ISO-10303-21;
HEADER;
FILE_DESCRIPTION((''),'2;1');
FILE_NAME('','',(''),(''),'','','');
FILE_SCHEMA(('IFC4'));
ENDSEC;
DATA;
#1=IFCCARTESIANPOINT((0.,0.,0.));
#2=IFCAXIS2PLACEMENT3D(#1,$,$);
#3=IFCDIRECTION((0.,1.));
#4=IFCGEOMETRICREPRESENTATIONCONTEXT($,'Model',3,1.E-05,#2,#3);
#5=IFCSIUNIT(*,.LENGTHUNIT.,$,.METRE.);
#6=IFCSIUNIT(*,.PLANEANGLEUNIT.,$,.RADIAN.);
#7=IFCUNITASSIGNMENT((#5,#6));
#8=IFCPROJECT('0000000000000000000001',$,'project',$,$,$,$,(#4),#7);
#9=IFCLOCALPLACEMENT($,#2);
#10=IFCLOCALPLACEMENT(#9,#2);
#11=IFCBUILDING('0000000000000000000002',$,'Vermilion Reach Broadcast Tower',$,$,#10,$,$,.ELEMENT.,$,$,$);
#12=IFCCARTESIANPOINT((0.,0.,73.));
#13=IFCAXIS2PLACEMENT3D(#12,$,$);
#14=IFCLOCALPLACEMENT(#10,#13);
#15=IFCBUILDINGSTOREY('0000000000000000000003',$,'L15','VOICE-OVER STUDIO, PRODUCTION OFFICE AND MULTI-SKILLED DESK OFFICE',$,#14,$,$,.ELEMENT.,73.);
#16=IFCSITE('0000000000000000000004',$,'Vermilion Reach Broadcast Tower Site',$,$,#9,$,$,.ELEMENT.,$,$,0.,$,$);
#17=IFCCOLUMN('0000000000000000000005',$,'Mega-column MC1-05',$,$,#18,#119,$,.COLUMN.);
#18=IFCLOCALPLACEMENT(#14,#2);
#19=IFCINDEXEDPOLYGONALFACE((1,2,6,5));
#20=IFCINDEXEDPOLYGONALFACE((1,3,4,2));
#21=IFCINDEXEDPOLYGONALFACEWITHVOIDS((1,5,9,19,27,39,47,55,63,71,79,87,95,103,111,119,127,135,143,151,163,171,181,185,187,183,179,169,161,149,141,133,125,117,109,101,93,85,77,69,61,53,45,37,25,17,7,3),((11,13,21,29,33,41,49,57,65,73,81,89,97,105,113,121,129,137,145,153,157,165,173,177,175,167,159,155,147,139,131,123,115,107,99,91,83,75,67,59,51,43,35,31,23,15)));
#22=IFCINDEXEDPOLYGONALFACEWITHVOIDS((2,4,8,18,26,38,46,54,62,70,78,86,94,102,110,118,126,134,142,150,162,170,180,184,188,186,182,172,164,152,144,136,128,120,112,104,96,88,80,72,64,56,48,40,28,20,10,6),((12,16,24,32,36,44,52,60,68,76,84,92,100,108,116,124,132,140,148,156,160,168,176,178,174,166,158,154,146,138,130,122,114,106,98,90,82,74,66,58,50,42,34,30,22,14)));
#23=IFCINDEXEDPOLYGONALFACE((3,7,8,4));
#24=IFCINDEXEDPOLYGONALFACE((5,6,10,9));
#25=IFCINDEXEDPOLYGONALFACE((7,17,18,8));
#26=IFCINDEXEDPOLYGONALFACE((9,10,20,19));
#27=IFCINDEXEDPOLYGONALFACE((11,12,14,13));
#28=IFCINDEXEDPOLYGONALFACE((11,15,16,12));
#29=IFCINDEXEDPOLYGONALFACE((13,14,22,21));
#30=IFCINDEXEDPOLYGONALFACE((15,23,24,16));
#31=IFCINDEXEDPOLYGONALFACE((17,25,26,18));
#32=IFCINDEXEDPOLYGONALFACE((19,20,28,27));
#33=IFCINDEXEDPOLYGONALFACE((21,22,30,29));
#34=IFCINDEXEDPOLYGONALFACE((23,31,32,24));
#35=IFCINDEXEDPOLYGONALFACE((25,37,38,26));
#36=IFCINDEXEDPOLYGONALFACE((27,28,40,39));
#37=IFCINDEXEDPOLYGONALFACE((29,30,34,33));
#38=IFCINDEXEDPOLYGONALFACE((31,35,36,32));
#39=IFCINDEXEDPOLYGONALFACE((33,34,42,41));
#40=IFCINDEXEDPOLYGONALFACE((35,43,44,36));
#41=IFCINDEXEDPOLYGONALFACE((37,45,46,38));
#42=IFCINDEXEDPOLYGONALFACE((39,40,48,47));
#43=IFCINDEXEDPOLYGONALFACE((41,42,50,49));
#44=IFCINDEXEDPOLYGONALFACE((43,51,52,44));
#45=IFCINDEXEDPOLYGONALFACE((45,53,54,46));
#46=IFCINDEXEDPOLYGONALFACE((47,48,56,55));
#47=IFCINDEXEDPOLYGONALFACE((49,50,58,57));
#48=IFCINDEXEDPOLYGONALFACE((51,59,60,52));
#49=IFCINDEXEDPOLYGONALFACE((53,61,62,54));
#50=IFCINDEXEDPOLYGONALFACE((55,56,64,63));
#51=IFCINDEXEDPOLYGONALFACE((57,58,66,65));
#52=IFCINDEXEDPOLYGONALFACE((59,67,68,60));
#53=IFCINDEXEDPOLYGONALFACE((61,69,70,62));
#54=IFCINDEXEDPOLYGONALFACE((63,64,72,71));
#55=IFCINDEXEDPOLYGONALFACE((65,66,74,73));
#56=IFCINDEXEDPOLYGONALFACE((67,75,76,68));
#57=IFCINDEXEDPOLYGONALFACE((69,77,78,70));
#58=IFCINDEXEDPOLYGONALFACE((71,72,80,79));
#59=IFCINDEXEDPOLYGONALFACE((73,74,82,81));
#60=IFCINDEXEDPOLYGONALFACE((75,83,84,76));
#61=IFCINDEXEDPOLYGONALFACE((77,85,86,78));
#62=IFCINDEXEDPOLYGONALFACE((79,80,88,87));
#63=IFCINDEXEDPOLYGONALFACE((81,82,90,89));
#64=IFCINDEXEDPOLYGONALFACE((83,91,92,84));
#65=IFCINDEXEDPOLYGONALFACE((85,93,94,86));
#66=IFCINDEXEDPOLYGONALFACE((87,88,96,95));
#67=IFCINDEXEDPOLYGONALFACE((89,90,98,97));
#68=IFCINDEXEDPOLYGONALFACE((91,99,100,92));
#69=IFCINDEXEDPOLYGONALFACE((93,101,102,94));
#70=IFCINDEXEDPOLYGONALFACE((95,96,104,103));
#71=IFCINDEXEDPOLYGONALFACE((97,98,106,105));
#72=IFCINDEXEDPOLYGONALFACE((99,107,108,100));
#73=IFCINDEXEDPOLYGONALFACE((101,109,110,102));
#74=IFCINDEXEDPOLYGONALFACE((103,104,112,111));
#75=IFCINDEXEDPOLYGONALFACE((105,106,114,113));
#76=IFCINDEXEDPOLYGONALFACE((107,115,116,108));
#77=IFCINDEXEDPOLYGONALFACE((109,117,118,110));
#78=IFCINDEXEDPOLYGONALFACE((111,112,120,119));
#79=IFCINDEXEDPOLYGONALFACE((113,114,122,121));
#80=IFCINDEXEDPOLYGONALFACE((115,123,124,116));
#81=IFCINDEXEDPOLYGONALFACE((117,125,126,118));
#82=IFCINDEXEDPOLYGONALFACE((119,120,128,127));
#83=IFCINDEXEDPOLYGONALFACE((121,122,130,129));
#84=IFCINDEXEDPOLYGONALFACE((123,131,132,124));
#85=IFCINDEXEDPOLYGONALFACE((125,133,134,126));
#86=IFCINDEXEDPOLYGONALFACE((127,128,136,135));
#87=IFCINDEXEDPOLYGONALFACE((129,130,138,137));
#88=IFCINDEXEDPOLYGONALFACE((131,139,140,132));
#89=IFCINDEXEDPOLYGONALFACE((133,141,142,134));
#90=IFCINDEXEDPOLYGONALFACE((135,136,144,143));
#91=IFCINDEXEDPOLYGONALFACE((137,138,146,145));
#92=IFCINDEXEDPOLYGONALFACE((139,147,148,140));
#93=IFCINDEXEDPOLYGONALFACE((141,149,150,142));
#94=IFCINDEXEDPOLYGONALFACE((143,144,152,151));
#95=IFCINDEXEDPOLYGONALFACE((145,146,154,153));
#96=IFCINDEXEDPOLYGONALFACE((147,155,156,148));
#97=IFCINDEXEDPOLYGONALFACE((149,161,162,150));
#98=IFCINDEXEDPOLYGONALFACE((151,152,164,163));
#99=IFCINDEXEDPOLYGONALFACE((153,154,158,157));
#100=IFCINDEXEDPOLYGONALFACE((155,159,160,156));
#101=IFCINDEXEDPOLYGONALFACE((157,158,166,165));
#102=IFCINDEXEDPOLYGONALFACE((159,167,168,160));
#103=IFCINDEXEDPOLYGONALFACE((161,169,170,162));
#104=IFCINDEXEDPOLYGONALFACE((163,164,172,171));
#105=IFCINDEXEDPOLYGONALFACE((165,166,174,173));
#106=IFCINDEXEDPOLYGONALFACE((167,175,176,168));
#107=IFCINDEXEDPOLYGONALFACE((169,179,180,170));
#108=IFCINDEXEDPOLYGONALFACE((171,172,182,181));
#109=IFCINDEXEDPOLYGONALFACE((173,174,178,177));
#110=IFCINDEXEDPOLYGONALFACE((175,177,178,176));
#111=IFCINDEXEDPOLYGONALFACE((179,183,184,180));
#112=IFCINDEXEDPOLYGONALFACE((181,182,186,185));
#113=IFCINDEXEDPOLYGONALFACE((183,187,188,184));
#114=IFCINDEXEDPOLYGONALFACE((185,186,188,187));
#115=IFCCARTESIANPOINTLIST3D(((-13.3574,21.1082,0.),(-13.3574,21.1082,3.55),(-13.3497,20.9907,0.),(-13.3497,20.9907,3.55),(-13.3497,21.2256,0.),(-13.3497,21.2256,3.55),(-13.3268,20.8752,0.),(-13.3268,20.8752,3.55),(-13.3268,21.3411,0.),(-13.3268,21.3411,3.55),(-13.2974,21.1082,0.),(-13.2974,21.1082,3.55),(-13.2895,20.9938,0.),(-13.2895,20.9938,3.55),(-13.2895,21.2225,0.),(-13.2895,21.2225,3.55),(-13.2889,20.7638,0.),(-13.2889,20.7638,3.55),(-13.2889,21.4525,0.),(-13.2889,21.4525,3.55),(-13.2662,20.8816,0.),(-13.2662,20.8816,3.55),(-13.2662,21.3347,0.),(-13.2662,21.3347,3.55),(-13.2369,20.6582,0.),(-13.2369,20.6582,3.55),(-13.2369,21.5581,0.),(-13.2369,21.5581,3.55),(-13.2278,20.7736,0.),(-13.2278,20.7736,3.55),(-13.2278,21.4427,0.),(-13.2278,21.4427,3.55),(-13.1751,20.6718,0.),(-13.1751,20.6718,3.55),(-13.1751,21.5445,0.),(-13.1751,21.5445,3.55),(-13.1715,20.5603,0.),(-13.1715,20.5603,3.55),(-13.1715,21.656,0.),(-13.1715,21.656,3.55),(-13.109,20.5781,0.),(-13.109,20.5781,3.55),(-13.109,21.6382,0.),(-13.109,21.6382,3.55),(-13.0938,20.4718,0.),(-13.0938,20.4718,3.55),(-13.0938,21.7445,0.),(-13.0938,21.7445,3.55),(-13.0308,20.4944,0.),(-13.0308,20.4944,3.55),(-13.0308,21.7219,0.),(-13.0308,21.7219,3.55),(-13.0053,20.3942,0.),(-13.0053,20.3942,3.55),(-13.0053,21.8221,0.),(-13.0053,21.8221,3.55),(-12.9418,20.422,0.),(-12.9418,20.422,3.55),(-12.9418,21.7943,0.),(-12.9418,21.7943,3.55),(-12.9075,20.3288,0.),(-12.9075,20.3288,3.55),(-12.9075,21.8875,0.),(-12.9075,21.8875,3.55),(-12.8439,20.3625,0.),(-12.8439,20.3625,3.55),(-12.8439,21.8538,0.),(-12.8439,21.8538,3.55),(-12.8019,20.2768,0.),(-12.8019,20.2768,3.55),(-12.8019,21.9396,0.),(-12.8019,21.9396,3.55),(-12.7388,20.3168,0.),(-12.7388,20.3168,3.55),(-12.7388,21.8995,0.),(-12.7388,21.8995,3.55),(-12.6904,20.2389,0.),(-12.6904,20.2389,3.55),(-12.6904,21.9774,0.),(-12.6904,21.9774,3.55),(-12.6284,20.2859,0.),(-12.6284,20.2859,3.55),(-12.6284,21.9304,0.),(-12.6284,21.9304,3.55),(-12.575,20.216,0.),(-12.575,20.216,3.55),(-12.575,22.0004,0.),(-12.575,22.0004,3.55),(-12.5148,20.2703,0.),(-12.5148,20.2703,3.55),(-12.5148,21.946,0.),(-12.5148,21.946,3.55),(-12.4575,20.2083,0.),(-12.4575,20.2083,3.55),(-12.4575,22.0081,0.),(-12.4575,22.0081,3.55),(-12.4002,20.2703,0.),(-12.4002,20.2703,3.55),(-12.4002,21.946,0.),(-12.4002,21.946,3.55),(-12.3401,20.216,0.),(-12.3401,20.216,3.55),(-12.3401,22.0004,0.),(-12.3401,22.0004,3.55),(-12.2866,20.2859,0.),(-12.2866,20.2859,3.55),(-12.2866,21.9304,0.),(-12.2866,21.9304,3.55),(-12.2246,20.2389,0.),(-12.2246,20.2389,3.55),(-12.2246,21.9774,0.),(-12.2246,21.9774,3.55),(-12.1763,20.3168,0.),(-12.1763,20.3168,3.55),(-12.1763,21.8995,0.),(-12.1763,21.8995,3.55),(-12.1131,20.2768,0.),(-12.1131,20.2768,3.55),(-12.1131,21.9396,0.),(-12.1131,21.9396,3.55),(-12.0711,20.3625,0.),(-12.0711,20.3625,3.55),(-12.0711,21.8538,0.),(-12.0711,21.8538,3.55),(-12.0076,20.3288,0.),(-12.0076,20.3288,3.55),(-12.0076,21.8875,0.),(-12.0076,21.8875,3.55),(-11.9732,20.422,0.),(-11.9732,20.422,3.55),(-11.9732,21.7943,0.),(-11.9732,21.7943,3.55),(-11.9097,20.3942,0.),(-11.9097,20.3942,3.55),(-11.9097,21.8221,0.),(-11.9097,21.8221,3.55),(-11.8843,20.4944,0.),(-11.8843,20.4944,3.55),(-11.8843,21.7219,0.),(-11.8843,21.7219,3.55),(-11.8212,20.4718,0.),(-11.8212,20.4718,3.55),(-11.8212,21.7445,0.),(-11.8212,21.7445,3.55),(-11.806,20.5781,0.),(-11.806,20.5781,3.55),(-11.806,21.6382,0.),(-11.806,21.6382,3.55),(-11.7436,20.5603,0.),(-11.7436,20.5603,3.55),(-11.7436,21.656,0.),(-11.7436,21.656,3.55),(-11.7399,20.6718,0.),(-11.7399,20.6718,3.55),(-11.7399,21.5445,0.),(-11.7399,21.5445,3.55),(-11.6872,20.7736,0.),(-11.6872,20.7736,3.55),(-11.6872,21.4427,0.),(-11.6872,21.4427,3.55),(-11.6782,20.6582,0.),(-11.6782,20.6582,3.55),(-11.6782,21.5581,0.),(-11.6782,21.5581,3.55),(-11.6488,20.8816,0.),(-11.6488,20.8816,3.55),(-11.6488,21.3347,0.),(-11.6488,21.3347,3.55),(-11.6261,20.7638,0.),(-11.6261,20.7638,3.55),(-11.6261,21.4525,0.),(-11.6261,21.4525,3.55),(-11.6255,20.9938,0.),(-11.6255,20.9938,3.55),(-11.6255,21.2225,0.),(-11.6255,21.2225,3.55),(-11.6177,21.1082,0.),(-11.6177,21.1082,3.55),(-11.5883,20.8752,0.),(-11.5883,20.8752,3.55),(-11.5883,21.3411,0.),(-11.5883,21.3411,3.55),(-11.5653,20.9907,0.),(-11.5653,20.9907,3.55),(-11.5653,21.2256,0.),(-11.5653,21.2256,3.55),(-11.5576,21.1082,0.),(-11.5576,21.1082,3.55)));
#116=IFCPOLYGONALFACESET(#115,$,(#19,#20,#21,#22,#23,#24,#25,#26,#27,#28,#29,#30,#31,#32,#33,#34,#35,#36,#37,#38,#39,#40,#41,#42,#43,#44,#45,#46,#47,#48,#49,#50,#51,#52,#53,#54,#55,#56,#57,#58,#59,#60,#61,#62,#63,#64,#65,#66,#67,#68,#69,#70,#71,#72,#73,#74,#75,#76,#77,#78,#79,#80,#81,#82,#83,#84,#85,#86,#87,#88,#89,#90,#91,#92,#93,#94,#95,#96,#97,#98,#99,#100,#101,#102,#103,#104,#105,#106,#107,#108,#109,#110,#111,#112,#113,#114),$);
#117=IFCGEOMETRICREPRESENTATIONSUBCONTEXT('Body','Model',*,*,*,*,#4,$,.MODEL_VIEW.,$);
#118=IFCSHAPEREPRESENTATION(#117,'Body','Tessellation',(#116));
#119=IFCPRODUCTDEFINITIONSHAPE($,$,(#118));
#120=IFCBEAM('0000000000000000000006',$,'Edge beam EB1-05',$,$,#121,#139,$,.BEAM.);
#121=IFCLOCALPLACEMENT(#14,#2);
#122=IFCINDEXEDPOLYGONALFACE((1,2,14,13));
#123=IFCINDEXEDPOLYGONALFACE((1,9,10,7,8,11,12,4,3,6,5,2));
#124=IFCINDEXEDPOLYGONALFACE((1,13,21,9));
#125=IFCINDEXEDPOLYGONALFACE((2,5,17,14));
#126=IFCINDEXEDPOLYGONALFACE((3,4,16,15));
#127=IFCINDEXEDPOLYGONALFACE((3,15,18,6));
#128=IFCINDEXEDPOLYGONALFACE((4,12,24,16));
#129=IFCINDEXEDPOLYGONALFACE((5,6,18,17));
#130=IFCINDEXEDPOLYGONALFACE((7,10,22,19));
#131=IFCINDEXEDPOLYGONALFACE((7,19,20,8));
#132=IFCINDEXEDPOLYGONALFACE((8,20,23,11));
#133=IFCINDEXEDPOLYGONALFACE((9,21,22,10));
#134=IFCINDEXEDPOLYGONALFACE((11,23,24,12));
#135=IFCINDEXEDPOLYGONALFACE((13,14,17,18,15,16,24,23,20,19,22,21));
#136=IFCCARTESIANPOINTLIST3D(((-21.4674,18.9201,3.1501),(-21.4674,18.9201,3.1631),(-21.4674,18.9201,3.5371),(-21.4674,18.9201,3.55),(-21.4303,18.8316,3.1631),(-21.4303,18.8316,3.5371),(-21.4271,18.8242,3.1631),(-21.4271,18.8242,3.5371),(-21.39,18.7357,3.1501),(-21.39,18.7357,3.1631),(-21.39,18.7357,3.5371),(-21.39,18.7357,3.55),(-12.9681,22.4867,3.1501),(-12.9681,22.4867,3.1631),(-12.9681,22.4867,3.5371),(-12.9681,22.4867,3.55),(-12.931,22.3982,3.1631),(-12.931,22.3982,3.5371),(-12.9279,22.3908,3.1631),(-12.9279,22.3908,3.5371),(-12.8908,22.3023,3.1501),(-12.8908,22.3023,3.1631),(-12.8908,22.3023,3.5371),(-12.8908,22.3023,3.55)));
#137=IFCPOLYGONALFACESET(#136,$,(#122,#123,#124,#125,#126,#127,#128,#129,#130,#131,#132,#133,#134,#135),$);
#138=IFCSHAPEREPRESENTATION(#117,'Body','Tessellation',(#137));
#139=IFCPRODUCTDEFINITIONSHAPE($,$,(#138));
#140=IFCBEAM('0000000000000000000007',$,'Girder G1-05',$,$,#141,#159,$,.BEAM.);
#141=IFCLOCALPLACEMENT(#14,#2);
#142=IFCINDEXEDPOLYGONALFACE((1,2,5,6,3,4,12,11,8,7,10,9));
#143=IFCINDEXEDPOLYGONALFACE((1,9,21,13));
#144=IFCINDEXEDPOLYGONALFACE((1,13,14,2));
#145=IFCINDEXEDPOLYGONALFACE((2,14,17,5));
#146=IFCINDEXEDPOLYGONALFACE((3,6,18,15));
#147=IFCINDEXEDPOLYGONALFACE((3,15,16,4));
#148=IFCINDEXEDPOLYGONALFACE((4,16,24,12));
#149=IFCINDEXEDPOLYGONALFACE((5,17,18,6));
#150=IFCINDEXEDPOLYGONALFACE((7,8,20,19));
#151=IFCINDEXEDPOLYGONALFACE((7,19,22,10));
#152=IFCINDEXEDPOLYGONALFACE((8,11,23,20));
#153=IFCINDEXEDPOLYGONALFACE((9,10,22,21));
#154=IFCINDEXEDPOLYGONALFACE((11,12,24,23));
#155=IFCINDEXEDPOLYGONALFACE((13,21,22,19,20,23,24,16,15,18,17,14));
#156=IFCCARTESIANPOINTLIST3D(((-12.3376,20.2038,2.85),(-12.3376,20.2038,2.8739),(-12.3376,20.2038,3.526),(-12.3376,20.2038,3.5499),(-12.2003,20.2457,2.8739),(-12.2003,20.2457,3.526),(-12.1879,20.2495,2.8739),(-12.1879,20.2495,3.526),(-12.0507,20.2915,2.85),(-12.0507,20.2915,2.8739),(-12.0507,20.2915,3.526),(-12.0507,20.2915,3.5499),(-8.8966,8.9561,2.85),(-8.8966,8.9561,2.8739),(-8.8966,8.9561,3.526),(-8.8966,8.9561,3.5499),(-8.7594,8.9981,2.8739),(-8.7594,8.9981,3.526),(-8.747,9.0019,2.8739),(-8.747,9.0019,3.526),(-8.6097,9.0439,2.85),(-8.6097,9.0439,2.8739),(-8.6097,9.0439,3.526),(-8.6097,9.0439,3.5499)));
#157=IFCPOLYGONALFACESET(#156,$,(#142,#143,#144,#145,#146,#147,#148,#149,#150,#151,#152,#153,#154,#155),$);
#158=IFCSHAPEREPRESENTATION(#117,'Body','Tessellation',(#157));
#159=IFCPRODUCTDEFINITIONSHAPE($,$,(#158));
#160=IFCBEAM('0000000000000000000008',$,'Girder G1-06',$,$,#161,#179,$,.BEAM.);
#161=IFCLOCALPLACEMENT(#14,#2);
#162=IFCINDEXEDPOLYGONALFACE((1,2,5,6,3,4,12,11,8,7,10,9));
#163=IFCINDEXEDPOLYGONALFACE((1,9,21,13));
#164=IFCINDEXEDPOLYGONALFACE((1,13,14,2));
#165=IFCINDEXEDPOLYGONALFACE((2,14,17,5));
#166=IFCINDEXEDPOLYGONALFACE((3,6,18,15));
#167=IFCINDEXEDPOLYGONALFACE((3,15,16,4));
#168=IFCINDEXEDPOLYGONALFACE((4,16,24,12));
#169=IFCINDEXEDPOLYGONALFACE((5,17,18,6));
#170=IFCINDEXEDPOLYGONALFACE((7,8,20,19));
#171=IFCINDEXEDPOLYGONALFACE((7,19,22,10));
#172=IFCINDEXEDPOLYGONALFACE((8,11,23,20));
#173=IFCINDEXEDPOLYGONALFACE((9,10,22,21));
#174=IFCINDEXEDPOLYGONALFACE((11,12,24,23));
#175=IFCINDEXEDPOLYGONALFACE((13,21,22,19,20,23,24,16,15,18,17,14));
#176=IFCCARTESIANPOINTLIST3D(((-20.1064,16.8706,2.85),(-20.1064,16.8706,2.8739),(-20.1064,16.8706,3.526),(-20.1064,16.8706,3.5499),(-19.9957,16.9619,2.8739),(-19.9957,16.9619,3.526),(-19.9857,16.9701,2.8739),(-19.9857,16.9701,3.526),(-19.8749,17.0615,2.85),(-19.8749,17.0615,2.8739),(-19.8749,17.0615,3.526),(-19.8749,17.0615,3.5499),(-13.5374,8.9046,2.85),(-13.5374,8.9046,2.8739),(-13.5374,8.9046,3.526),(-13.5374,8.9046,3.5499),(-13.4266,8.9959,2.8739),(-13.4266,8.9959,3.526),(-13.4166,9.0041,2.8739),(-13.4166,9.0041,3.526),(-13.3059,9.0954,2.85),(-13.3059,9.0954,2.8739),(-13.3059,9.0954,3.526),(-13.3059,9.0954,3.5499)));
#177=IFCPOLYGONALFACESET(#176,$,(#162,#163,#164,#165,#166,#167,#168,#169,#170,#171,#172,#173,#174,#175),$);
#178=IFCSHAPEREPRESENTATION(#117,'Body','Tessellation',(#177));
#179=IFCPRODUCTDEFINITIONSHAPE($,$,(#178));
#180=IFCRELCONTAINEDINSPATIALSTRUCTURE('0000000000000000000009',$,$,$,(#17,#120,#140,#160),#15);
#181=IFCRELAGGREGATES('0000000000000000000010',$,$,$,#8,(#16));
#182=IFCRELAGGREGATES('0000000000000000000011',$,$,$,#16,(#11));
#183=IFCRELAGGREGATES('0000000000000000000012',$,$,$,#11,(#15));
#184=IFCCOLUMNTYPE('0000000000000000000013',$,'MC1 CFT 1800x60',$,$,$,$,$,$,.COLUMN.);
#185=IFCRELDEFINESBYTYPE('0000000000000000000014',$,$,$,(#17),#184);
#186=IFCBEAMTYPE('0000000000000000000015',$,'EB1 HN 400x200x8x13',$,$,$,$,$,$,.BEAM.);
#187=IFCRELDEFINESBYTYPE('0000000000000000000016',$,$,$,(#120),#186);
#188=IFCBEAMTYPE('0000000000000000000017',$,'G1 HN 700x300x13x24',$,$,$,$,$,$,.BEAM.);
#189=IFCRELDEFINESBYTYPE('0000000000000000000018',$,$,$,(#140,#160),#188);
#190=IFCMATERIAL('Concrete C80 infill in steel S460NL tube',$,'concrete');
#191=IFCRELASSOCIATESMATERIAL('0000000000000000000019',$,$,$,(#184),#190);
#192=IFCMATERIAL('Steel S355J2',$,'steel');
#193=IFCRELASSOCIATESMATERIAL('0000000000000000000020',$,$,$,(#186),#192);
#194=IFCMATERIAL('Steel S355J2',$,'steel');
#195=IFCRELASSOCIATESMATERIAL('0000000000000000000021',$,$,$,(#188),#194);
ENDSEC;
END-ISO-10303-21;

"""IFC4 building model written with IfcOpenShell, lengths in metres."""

from ifc_helpers import new_model, si_unit, direction, frame, origin, origin_2d, place, context, subcontext, project, spatial, hollow_circle, i_section, extrude, material, material_profile, profile_set, type_object, element, save


model = new_model("IFC4")

# Units and contexts
model_context = context("Model", 3, precision=1e-05, world=origin(), true_north=direction((0.0, 1.0)))
body_context = subcontext(model_context, "Body", "Model", "MODEL_VIEW")
ifc_project = project(units=[si_unit("LENGTHUNIT", "METRE"), si_unit("PLANEANGLEUNIT", "RADIAN")], contexts=[model_context])

# Site, building, storey
site_placement = place(None, origin())
site = spatial("IfcSite", under=ifc_project, at=site_placement, Name="Vermilion Reach Broadcast Tower Site", CompositionType="ELEMENT", RefElevation=0.0)
building_placement = place(site_placement, origin())
building = spatial("IfcBuilding", under=site, at=building_placement, Name="Vermilion Reach Broadcast Tower", CompositionType="ELEMENT")
storey_placement = place(building_placement, frame((0.0, 0.0, 73.0)))
storey = spatial("IfcBuildingStorey", under=building, at=storey_placement, Name="L15", Description="VOICE-OVER STUDIO, PRODUCTION OFFICE AND MULTI-SKILLED DESK OFFICE", CompositionType="ELEMENT", Elevation=73.0)

# Column
ifc_material_1 = material(Name="Concrete C80 infill in steel S460NL tube", Category="concrete")
ifc_material_profile_1 = material_profile(ifc_material_1, hollow_circle(Radius=0.8999, WallThickness=0.0601, at=origin_2d()), Name="Concrete C80 infill in steel S460NL tube CFT 1800x60")
ifc_profile_set_1 = profile_set([ifc_material_profile_1], Name="Concrete C80 infill in steel S460NL tube")
column_type = type_object("IfcColumnType", Name="MC1 CFT 1800x60", PredefinedType="COLUMN", material=ifc_profile_set_1)
column_placement = place(storey_placement, frame((-12.4575, 21.1082, 0.0), z_axis=(0.0, 0.0, 1.0), x_axis=(1.0, 0.0, 0.0)))
element("IfcColumn", 1, at=column_placement, inside=storey, type_object=column_type, Name="Mega-column MC1-05", PredefinedType="COLUMN", context=body_context, shape_type="SweptSolid", body=[
    extrude(hollow_circle(Radius=0.8999, WallThickness=0.0601, at=origin_2d()), origin(), (0.0, 0.0, 1.0), 3.55),
])

# Beams
ifc_material_2 = material(Name="Steel S355J2", Category="steel")
ifc_material_profile_2 = material_profile(ifc_material_2, i_section(OverallWidth=0.2, OverallDepth=0.3999, WebThickness=0.0081, FlangeThickness=0.0129, at=origin_2d()), Name="S355J2 HN 400x200x8x13")
ifc_profile_set_2 = profile_set([ifc_material_profile_2], Name="Steel S355J2")
beam_type_1 = type_object("IfcBeamType", Name="EB1 HN 400x200x8x13", PredefinedType="BEAM", material=ifc_profile_set_2)
beam_1_placement = place(storey_placement, frame((-12.9294, 22.3945, 3.3501), z_axis=(-0.9221, -0.386952, 0.0), x_axis=(0.386952, -0.9221, 0.0)))
element("IfcBeam", 2, at=beam_1_placement, inside=storey, type_object=beam_type_1, Name="Edge beam EB1-05", PredefinedType="BEAM", context=body_context, shape_type="SweptSolid", body=[
    extrude(i_section(OverallWidth=0.2, OverallDepth=0.3999, WebThickness=0.0081, FlangeThickness=0.0129, at=origin_2d()), origin(), (0.0, 0.0, 1.0), 9.2173),
])
ifc_material_3 = material(Name="Steel S355J2", Category="steel")
ifc_material_profile_3 = material_profile(ifc_material_3, i_section(OverallWidth=0.3, OverallDepth=0.7, WebThickness=0.0129, FlangeThickness=0.0239, at=origin_2d()), Name="S355J2 HN 700x300x13x24")
ifc_profile_set_3 = profile_set([ifc_material_profile_3], Name="Steel S355J2")
beam_type_2 = type_object("IfcBeamType", Name="G1 HN 700x300x13x24", PredefinedType="BEAM", material=ifc_profile_set_3)
beam_2_placement = place(storey_placement, frame((-8.7532, 9.0, 3.2), z_axis=(-0.292542, 0.956253, 0.0), x_axis=(-0.956253, -0.292542, 0.0)))
element("IfcBeam", 3, at=beam_2_placement, inside=storey, type_object=beam_type_2, Name="Girder G1-05", PredefinedType="BEAM", context=body_context, shape_type="SweptSolid", body=[
    extrude(i_section(OverallWidth=0.3, OverallDepth=0.7, WebThickness=0.0129, FlangeThickness=0.0239, at=origin_2d()), origin(), (0.0, 0.0, 1.0), 11.7622),
])
beam_3_placement = place(storey_placement, frame((-13.4216, 9.0, 3.2), z_axis=(-0.636215, 0.771512, 0.0), x_axis=(-0.771512, -0.636215, 0.0)))
element("IfcBeam", 4, at=beam_3_placement, inside=storey, type_object=beam_type_2, Name="Girder G1-06", PredefinedType="BEAM", context=body_context, shape_type="SweptSolid", body=[
    extrude(i_section(OverallWidth=0.3, OverallDepth=0.7, WebThickness=0.0129, FlangeThickness=0.0239, at=origin_2d()), origin(), (0.0, 0.0, 1.0), 10.3252),
])

save(model, "model.ifc")
